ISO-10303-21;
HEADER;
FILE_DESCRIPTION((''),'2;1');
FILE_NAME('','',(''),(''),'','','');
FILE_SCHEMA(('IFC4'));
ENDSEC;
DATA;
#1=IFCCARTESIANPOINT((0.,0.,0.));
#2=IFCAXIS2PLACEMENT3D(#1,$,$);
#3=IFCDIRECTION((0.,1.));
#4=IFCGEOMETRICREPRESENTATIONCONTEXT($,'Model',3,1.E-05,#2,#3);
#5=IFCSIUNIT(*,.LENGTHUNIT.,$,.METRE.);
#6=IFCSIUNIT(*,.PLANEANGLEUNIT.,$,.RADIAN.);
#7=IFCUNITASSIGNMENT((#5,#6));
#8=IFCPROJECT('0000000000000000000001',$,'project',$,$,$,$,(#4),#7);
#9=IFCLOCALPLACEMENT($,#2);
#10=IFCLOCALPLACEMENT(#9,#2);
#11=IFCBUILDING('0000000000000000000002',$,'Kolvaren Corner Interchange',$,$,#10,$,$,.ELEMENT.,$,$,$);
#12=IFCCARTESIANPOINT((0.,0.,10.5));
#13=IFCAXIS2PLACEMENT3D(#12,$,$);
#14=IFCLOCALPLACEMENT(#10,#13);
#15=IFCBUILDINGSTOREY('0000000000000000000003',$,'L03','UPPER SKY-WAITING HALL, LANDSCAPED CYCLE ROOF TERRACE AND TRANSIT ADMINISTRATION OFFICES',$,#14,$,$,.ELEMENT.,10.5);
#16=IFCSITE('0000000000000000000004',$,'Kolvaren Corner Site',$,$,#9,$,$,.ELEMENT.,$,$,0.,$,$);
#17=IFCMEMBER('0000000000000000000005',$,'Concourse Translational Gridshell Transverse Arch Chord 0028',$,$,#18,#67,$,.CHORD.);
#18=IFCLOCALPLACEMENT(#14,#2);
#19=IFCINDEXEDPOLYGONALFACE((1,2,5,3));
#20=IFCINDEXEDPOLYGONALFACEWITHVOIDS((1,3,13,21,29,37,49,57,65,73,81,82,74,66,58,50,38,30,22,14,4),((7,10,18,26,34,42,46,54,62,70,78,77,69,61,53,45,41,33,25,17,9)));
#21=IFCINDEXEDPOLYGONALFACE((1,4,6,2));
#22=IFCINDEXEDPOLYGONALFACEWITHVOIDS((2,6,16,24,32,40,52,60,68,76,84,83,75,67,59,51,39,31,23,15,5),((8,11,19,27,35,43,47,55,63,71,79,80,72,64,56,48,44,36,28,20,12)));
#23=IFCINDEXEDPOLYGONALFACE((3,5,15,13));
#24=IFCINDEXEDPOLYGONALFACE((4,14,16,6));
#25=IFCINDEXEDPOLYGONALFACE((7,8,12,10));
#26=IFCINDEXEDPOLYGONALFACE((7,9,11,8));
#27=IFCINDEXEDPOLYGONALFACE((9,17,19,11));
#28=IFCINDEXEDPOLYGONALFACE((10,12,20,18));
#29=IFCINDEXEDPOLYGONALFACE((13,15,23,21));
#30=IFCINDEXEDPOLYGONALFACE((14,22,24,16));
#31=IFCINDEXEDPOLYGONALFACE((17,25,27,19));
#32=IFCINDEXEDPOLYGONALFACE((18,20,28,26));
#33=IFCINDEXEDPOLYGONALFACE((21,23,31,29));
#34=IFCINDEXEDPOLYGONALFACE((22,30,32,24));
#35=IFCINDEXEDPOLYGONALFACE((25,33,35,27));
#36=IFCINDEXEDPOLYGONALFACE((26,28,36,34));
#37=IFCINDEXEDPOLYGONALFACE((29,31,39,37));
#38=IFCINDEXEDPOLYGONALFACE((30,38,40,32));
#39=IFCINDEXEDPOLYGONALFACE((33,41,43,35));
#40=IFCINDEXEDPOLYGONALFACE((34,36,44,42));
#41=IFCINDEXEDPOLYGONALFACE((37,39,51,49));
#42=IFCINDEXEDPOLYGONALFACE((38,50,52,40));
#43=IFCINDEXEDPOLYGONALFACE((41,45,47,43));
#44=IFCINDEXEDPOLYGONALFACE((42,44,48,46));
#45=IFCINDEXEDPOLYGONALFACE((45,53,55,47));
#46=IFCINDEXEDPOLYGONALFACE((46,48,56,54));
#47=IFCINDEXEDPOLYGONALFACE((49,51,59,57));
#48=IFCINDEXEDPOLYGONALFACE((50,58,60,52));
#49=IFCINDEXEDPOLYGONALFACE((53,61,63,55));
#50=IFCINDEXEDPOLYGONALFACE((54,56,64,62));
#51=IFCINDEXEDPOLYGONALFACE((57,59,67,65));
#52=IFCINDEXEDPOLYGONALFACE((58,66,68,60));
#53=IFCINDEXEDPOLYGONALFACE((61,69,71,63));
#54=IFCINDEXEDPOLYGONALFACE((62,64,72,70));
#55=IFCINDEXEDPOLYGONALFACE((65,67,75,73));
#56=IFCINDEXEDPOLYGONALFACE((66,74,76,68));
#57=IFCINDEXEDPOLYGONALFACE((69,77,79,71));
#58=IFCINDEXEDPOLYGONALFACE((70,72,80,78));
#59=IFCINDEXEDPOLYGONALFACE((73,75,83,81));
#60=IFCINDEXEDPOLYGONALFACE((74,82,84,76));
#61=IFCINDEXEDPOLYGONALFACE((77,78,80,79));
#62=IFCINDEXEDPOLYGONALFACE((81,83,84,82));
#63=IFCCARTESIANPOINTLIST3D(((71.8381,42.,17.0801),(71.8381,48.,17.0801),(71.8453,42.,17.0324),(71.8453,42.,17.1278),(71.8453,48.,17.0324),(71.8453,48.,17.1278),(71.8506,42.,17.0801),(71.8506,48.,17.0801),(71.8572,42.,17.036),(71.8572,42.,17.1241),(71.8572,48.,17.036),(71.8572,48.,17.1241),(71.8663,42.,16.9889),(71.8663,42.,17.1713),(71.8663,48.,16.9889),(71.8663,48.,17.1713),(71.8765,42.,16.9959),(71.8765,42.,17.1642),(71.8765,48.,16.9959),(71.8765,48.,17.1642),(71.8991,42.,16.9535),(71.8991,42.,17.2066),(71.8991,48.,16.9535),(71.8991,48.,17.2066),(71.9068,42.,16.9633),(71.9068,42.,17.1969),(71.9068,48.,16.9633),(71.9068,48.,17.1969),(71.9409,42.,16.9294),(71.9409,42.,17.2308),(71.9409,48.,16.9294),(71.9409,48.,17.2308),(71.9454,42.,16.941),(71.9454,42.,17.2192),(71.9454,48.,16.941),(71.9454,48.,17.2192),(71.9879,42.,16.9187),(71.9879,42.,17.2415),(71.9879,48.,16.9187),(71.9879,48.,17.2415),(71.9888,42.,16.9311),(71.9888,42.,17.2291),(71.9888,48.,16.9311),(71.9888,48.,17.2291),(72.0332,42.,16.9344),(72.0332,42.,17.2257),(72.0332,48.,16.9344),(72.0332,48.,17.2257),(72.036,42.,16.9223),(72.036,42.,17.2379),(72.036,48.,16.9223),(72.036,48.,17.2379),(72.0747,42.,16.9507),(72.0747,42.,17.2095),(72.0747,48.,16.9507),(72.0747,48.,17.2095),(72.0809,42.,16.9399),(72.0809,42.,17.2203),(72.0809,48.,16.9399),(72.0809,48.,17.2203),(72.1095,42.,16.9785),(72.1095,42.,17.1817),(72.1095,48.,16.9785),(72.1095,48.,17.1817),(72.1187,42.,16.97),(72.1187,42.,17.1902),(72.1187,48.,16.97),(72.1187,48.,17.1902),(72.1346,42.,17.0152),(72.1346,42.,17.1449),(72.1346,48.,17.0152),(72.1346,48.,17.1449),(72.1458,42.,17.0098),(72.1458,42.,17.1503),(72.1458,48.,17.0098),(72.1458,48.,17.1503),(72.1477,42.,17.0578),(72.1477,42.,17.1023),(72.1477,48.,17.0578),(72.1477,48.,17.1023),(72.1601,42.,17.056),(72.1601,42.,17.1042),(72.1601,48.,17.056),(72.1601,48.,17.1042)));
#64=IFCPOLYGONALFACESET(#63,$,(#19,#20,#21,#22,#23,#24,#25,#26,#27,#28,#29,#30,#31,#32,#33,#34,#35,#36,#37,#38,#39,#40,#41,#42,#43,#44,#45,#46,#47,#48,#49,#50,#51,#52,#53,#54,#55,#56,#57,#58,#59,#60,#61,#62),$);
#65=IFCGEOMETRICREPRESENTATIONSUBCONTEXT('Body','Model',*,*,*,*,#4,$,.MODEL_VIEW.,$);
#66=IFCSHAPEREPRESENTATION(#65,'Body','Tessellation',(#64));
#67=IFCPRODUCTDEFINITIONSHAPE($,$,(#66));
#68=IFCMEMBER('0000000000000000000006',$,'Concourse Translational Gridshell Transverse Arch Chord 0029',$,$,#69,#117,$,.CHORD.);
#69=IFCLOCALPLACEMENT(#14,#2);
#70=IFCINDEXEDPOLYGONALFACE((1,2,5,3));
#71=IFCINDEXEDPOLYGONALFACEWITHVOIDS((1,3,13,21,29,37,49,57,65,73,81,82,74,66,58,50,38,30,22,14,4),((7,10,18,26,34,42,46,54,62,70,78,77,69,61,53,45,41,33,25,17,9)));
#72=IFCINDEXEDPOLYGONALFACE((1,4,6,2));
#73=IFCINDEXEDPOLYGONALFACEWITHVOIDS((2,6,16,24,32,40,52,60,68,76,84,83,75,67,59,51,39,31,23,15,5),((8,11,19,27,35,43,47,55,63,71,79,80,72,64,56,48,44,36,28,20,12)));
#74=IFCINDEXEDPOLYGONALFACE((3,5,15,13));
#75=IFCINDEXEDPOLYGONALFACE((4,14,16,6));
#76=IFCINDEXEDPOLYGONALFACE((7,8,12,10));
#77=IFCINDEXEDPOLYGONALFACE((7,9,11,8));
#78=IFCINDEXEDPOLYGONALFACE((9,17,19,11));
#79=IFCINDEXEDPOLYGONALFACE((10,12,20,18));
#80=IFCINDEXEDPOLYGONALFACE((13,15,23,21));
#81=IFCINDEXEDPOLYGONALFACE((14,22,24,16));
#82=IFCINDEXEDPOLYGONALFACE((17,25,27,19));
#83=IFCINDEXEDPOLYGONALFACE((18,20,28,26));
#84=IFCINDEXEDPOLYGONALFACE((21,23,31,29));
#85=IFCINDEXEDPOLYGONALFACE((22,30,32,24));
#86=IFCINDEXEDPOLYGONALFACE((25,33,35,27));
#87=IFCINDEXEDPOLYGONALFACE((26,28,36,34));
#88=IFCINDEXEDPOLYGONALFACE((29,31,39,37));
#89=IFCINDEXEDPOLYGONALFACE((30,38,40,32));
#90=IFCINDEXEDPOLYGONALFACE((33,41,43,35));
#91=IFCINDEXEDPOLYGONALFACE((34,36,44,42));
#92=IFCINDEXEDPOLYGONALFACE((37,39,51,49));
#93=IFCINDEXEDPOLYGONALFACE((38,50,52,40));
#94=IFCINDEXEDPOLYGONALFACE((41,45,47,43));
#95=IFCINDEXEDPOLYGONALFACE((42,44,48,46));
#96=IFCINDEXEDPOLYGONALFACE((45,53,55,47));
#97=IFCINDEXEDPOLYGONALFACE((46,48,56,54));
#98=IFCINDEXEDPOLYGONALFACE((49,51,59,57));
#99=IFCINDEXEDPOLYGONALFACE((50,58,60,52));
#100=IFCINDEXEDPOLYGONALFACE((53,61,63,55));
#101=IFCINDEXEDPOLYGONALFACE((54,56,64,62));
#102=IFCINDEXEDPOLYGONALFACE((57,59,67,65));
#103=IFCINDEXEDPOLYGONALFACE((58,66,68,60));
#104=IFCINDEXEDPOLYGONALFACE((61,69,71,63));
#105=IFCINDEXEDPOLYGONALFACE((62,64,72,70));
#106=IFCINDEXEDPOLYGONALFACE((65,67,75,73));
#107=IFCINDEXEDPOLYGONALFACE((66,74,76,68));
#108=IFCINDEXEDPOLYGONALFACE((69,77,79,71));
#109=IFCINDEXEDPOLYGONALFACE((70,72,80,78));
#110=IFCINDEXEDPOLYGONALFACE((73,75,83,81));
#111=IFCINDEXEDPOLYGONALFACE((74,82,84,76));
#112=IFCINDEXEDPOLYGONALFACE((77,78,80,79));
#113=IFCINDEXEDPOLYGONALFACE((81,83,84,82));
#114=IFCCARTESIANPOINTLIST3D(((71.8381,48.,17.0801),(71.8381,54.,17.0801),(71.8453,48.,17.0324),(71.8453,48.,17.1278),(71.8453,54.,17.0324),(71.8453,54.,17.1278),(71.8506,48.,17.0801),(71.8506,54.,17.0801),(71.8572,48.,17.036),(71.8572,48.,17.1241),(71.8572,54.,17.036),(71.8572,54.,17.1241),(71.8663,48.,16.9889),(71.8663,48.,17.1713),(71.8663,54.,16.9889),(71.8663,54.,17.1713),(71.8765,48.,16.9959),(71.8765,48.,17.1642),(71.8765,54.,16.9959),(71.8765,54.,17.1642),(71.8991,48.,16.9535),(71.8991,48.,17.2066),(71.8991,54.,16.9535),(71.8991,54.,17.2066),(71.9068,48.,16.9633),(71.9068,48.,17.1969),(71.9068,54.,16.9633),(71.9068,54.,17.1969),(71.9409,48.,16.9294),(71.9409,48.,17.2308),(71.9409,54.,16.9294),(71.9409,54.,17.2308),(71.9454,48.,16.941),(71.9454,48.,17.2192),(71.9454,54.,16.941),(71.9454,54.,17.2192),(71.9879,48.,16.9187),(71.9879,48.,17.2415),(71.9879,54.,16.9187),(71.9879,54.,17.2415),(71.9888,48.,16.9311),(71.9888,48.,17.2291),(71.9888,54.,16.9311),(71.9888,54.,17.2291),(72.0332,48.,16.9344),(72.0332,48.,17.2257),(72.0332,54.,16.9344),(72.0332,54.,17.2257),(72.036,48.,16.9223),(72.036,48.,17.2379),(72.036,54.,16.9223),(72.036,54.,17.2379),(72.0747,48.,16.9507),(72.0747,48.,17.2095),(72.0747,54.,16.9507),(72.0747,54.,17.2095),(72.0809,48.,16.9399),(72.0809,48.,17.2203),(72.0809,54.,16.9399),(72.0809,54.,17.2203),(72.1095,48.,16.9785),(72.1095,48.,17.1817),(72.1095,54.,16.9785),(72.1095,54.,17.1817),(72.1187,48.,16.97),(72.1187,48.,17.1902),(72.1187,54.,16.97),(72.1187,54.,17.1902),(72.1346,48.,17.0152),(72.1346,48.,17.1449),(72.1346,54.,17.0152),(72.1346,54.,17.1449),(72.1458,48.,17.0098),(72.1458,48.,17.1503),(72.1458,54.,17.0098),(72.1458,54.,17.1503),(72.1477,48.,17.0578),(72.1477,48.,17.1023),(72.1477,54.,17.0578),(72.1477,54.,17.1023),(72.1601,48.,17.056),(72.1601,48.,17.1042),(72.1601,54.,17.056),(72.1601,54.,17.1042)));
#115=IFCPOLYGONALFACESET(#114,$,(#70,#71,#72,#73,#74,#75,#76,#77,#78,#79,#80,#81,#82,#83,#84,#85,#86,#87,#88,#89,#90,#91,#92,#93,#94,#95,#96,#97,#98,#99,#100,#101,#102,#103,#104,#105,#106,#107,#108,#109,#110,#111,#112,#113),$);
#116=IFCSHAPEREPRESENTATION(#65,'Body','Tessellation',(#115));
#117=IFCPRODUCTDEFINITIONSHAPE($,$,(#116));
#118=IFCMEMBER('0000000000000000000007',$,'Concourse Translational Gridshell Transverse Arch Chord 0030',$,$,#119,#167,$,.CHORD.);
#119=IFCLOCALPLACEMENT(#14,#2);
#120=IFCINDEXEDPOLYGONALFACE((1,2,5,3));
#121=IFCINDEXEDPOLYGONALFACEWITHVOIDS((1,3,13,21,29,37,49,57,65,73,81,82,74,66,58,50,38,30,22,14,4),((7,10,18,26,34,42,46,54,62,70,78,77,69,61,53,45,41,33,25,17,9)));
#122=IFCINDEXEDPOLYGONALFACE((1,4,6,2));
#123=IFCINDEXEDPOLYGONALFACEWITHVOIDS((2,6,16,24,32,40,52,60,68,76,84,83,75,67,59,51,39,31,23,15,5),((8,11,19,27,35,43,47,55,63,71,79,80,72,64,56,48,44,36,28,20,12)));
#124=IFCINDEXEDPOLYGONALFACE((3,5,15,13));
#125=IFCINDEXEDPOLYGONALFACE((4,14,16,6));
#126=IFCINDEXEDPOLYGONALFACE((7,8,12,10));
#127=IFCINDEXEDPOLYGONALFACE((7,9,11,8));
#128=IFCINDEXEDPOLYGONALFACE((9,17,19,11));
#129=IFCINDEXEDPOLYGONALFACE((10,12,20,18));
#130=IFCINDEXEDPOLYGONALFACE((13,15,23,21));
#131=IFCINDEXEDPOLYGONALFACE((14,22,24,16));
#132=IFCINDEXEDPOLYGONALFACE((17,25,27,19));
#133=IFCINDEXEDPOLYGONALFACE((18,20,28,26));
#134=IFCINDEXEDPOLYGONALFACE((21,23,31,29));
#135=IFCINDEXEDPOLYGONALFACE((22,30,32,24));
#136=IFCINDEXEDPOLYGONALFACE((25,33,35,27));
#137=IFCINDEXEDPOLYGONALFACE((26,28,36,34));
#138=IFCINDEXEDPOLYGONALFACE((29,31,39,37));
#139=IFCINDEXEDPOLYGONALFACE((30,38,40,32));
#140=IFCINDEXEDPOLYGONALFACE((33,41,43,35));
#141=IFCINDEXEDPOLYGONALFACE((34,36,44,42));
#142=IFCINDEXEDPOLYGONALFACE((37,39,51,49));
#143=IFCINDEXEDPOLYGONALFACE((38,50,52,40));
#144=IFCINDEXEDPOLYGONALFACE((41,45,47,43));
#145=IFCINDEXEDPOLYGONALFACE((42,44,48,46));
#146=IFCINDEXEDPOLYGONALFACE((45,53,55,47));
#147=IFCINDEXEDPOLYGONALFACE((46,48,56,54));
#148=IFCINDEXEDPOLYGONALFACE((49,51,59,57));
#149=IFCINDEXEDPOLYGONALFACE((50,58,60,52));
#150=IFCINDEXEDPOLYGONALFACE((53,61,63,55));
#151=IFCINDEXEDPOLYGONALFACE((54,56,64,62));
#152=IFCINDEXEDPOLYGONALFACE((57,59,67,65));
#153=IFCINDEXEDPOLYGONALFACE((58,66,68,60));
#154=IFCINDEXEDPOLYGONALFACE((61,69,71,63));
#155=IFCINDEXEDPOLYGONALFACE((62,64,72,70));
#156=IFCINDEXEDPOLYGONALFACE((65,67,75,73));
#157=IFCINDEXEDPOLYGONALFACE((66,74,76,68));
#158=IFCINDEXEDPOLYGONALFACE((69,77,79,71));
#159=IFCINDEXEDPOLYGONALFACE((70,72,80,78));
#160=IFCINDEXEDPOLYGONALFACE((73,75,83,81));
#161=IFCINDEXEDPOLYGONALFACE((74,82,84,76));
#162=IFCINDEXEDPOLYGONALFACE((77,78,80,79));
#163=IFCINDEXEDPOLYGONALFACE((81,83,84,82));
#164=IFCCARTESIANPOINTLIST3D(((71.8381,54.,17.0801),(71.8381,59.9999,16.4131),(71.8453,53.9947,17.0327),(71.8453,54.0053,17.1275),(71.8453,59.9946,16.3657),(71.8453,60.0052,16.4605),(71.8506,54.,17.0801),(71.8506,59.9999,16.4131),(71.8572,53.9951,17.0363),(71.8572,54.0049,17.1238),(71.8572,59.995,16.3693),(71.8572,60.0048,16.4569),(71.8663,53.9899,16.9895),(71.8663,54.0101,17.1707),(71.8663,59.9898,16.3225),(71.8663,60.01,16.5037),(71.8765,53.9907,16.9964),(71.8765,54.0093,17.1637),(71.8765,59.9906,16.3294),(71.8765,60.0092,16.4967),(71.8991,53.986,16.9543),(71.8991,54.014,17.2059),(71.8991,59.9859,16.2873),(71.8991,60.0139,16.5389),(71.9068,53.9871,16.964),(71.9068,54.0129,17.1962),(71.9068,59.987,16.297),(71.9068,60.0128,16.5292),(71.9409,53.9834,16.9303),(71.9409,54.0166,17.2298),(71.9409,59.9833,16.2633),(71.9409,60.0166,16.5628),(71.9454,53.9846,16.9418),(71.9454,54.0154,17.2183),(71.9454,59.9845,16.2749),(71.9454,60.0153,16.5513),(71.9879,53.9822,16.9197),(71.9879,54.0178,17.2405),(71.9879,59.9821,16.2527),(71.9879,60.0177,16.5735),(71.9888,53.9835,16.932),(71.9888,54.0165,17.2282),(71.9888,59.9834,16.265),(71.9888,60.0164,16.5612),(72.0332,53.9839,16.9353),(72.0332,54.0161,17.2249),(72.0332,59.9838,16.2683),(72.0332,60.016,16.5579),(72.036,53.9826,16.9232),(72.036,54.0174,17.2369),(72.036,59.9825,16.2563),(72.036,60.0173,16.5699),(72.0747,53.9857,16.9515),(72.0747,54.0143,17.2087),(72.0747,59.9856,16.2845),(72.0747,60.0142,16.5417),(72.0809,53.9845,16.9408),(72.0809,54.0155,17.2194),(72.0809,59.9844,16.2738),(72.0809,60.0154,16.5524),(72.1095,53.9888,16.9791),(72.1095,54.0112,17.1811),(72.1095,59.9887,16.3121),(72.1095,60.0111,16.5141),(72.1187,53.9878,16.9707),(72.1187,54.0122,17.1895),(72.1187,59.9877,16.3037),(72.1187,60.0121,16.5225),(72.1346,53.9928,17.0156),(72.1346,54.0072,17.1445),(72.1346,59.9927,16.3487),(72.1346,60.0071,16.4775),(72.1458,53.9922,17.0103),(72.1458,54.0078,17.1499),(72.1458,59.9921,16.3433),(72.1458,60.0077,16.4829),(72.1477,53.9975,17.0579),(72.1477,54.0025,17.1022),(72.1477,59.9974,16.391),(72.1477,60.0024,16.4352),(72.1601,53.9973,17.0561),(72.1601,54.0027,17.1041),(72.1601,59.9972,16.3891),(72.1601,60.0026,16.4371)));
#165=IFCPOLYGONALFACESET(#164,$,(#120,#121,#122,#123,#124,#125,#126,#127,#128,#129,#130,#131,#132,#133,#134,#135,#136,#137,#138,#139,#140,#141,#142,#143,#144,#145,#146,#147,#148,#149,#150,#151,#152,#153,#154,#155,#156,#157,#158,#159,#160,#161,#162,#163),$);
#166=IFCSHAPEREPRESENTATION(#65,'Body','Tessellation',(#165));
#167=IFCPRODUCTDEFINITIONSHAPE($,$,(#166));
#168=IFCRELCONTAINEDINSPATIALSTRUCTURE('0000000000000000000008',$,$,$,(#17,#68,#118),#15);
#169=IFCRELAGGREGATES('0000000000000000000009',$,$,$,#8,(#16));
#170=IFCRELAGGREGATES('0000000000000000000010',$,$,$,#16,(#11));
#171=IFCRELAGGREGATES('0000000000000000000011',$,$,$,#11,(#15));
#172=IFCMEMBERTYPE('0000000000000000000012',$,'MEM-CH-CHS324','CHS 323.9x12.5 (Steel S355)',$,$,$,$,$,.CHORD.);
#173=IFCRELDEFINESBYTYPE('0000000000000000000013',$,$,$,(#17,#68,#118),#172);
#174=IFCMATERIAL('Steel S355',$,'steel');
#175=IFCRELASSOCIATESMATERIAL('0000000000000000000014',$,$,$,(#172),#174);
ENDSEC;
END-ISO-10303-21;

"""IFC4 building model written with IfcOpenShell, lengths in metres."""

from ifc_helpers import new_model, si_unit, direction, frame, origin, origin_2d, place, context, subcontext, project, spatial, hollow_circle, extrude, material, material_profile, profile_set, type_object, element, save


model = new_model("IFC4")

# Units and contexts
model_context = context("Model", 3, precision=1e-05, world=origin(), true_north=direction((0.0, 1.0)))
body_context = subcontext(model_context, "Body", "Model", "MODEL_VIEW")
ifc_project = project(units=[si_unit("LENGTHUNIT", "METRE"), si_unit("PLANEANGLEUNIT", "RADIAN")], contexts=[model_context])

# Site, building, storey
site_placement = place(None, origin())
site = spatial("IfcSite", under=ifc_project, at=site_placement, Name="Kolvaren Corner Site", CompositionType="ELEMENT", RefElevation=0.0)
building_placement = place(site_placement, origin())
building = spatial("IfcBuilding", under=site, at=building_placement, Name="Kolvaren Corner Interchange", CompositionType="ELEMENT")
storey_placement = place(building_placement, frame((0.0, 0.0, 10.5)))
storey = spatial("IfcBuildingStorey", under=building, at=storey_placement, Name="L03", Description="UPPER SKY-WAITING HALL, LANDSCAPED CYCLE ROOF TERRACE AND TRANSIT ADMINISTRATION OFFICES", CompositionType="ELEMENT", Elevation=10.5)

# Members
ifc_material_1 = material(Name="Steel S355", Category="steel")
ifc_material_profile_1 = material_profile(ifc_material_1, hollow_circle(Radius=0.1619, WallThickness=0.0125, at=origin_2d()), Name="CHS 323.9x12.5")
ifc_profile_set_1 = profile_set([ifc_material_profile_1], Name="Steel S355")
member_type_1 = type_object("IfcMemberType", Name="MEM-CH-CHS324", Description="CHS 323.9x12.5 (Steel S355)", PredefinedType="CHORD", material=ifc_profile_set_1)
for number, where, z_axis, x_axis, name in (
    (1, (72.0, 42.0, 17.0801), (0.0, 1.0, 0.0), (-1.0, 0.0, 0.0), "Concourse Translational Gridshell Transverse Arch Chord 0028"),
    (2, (72.0, 48.0, 17.0801), (0.0, 1.0, 0.0), (-1.0, 0.0, 0.0), "Concourse Translational Gridshell Transverse Arch Chord 0029"),
):
    element("IfcMember", number, at=place(storey_placement, frame(where, z_axis=z_axis, x_axis=x_axis)), inside=storey, type_object=member_type_1, Name=name, PredefinedType="CHORD", context=body_context, shape_type="SweptSolid", body=[
        extrude(hollow_circle(Radius=0.1619, WallThickness=0.0125, at=origin_2d()), origin(), (0.0, 0.0, 1.0), 6.0),
    ])
member_1_placement = place(storey_placement, frame((72.0, 54.0, 17.0801), z_axis=(0.0, 0.993878, -0.110485), x_axis=(-1.0, 0.0, 0.0)))
element("IfcMember", 3, at=member_1_placement, inside=storey, type_object=member_type_1, Name="Concourse Translational Gridshell Transverse Arch Chord 0030", PredefinedType="CHORD", context=body_context, shape_type="SweptSolid", body=[
    extrude(hollow_circle(Radius=0.1619, WallThickness=0.0125, at=origin_2d()), origin(), (0.0, 0.0, 1.0), 6.0369),
])

save(model, "model.ifc")
